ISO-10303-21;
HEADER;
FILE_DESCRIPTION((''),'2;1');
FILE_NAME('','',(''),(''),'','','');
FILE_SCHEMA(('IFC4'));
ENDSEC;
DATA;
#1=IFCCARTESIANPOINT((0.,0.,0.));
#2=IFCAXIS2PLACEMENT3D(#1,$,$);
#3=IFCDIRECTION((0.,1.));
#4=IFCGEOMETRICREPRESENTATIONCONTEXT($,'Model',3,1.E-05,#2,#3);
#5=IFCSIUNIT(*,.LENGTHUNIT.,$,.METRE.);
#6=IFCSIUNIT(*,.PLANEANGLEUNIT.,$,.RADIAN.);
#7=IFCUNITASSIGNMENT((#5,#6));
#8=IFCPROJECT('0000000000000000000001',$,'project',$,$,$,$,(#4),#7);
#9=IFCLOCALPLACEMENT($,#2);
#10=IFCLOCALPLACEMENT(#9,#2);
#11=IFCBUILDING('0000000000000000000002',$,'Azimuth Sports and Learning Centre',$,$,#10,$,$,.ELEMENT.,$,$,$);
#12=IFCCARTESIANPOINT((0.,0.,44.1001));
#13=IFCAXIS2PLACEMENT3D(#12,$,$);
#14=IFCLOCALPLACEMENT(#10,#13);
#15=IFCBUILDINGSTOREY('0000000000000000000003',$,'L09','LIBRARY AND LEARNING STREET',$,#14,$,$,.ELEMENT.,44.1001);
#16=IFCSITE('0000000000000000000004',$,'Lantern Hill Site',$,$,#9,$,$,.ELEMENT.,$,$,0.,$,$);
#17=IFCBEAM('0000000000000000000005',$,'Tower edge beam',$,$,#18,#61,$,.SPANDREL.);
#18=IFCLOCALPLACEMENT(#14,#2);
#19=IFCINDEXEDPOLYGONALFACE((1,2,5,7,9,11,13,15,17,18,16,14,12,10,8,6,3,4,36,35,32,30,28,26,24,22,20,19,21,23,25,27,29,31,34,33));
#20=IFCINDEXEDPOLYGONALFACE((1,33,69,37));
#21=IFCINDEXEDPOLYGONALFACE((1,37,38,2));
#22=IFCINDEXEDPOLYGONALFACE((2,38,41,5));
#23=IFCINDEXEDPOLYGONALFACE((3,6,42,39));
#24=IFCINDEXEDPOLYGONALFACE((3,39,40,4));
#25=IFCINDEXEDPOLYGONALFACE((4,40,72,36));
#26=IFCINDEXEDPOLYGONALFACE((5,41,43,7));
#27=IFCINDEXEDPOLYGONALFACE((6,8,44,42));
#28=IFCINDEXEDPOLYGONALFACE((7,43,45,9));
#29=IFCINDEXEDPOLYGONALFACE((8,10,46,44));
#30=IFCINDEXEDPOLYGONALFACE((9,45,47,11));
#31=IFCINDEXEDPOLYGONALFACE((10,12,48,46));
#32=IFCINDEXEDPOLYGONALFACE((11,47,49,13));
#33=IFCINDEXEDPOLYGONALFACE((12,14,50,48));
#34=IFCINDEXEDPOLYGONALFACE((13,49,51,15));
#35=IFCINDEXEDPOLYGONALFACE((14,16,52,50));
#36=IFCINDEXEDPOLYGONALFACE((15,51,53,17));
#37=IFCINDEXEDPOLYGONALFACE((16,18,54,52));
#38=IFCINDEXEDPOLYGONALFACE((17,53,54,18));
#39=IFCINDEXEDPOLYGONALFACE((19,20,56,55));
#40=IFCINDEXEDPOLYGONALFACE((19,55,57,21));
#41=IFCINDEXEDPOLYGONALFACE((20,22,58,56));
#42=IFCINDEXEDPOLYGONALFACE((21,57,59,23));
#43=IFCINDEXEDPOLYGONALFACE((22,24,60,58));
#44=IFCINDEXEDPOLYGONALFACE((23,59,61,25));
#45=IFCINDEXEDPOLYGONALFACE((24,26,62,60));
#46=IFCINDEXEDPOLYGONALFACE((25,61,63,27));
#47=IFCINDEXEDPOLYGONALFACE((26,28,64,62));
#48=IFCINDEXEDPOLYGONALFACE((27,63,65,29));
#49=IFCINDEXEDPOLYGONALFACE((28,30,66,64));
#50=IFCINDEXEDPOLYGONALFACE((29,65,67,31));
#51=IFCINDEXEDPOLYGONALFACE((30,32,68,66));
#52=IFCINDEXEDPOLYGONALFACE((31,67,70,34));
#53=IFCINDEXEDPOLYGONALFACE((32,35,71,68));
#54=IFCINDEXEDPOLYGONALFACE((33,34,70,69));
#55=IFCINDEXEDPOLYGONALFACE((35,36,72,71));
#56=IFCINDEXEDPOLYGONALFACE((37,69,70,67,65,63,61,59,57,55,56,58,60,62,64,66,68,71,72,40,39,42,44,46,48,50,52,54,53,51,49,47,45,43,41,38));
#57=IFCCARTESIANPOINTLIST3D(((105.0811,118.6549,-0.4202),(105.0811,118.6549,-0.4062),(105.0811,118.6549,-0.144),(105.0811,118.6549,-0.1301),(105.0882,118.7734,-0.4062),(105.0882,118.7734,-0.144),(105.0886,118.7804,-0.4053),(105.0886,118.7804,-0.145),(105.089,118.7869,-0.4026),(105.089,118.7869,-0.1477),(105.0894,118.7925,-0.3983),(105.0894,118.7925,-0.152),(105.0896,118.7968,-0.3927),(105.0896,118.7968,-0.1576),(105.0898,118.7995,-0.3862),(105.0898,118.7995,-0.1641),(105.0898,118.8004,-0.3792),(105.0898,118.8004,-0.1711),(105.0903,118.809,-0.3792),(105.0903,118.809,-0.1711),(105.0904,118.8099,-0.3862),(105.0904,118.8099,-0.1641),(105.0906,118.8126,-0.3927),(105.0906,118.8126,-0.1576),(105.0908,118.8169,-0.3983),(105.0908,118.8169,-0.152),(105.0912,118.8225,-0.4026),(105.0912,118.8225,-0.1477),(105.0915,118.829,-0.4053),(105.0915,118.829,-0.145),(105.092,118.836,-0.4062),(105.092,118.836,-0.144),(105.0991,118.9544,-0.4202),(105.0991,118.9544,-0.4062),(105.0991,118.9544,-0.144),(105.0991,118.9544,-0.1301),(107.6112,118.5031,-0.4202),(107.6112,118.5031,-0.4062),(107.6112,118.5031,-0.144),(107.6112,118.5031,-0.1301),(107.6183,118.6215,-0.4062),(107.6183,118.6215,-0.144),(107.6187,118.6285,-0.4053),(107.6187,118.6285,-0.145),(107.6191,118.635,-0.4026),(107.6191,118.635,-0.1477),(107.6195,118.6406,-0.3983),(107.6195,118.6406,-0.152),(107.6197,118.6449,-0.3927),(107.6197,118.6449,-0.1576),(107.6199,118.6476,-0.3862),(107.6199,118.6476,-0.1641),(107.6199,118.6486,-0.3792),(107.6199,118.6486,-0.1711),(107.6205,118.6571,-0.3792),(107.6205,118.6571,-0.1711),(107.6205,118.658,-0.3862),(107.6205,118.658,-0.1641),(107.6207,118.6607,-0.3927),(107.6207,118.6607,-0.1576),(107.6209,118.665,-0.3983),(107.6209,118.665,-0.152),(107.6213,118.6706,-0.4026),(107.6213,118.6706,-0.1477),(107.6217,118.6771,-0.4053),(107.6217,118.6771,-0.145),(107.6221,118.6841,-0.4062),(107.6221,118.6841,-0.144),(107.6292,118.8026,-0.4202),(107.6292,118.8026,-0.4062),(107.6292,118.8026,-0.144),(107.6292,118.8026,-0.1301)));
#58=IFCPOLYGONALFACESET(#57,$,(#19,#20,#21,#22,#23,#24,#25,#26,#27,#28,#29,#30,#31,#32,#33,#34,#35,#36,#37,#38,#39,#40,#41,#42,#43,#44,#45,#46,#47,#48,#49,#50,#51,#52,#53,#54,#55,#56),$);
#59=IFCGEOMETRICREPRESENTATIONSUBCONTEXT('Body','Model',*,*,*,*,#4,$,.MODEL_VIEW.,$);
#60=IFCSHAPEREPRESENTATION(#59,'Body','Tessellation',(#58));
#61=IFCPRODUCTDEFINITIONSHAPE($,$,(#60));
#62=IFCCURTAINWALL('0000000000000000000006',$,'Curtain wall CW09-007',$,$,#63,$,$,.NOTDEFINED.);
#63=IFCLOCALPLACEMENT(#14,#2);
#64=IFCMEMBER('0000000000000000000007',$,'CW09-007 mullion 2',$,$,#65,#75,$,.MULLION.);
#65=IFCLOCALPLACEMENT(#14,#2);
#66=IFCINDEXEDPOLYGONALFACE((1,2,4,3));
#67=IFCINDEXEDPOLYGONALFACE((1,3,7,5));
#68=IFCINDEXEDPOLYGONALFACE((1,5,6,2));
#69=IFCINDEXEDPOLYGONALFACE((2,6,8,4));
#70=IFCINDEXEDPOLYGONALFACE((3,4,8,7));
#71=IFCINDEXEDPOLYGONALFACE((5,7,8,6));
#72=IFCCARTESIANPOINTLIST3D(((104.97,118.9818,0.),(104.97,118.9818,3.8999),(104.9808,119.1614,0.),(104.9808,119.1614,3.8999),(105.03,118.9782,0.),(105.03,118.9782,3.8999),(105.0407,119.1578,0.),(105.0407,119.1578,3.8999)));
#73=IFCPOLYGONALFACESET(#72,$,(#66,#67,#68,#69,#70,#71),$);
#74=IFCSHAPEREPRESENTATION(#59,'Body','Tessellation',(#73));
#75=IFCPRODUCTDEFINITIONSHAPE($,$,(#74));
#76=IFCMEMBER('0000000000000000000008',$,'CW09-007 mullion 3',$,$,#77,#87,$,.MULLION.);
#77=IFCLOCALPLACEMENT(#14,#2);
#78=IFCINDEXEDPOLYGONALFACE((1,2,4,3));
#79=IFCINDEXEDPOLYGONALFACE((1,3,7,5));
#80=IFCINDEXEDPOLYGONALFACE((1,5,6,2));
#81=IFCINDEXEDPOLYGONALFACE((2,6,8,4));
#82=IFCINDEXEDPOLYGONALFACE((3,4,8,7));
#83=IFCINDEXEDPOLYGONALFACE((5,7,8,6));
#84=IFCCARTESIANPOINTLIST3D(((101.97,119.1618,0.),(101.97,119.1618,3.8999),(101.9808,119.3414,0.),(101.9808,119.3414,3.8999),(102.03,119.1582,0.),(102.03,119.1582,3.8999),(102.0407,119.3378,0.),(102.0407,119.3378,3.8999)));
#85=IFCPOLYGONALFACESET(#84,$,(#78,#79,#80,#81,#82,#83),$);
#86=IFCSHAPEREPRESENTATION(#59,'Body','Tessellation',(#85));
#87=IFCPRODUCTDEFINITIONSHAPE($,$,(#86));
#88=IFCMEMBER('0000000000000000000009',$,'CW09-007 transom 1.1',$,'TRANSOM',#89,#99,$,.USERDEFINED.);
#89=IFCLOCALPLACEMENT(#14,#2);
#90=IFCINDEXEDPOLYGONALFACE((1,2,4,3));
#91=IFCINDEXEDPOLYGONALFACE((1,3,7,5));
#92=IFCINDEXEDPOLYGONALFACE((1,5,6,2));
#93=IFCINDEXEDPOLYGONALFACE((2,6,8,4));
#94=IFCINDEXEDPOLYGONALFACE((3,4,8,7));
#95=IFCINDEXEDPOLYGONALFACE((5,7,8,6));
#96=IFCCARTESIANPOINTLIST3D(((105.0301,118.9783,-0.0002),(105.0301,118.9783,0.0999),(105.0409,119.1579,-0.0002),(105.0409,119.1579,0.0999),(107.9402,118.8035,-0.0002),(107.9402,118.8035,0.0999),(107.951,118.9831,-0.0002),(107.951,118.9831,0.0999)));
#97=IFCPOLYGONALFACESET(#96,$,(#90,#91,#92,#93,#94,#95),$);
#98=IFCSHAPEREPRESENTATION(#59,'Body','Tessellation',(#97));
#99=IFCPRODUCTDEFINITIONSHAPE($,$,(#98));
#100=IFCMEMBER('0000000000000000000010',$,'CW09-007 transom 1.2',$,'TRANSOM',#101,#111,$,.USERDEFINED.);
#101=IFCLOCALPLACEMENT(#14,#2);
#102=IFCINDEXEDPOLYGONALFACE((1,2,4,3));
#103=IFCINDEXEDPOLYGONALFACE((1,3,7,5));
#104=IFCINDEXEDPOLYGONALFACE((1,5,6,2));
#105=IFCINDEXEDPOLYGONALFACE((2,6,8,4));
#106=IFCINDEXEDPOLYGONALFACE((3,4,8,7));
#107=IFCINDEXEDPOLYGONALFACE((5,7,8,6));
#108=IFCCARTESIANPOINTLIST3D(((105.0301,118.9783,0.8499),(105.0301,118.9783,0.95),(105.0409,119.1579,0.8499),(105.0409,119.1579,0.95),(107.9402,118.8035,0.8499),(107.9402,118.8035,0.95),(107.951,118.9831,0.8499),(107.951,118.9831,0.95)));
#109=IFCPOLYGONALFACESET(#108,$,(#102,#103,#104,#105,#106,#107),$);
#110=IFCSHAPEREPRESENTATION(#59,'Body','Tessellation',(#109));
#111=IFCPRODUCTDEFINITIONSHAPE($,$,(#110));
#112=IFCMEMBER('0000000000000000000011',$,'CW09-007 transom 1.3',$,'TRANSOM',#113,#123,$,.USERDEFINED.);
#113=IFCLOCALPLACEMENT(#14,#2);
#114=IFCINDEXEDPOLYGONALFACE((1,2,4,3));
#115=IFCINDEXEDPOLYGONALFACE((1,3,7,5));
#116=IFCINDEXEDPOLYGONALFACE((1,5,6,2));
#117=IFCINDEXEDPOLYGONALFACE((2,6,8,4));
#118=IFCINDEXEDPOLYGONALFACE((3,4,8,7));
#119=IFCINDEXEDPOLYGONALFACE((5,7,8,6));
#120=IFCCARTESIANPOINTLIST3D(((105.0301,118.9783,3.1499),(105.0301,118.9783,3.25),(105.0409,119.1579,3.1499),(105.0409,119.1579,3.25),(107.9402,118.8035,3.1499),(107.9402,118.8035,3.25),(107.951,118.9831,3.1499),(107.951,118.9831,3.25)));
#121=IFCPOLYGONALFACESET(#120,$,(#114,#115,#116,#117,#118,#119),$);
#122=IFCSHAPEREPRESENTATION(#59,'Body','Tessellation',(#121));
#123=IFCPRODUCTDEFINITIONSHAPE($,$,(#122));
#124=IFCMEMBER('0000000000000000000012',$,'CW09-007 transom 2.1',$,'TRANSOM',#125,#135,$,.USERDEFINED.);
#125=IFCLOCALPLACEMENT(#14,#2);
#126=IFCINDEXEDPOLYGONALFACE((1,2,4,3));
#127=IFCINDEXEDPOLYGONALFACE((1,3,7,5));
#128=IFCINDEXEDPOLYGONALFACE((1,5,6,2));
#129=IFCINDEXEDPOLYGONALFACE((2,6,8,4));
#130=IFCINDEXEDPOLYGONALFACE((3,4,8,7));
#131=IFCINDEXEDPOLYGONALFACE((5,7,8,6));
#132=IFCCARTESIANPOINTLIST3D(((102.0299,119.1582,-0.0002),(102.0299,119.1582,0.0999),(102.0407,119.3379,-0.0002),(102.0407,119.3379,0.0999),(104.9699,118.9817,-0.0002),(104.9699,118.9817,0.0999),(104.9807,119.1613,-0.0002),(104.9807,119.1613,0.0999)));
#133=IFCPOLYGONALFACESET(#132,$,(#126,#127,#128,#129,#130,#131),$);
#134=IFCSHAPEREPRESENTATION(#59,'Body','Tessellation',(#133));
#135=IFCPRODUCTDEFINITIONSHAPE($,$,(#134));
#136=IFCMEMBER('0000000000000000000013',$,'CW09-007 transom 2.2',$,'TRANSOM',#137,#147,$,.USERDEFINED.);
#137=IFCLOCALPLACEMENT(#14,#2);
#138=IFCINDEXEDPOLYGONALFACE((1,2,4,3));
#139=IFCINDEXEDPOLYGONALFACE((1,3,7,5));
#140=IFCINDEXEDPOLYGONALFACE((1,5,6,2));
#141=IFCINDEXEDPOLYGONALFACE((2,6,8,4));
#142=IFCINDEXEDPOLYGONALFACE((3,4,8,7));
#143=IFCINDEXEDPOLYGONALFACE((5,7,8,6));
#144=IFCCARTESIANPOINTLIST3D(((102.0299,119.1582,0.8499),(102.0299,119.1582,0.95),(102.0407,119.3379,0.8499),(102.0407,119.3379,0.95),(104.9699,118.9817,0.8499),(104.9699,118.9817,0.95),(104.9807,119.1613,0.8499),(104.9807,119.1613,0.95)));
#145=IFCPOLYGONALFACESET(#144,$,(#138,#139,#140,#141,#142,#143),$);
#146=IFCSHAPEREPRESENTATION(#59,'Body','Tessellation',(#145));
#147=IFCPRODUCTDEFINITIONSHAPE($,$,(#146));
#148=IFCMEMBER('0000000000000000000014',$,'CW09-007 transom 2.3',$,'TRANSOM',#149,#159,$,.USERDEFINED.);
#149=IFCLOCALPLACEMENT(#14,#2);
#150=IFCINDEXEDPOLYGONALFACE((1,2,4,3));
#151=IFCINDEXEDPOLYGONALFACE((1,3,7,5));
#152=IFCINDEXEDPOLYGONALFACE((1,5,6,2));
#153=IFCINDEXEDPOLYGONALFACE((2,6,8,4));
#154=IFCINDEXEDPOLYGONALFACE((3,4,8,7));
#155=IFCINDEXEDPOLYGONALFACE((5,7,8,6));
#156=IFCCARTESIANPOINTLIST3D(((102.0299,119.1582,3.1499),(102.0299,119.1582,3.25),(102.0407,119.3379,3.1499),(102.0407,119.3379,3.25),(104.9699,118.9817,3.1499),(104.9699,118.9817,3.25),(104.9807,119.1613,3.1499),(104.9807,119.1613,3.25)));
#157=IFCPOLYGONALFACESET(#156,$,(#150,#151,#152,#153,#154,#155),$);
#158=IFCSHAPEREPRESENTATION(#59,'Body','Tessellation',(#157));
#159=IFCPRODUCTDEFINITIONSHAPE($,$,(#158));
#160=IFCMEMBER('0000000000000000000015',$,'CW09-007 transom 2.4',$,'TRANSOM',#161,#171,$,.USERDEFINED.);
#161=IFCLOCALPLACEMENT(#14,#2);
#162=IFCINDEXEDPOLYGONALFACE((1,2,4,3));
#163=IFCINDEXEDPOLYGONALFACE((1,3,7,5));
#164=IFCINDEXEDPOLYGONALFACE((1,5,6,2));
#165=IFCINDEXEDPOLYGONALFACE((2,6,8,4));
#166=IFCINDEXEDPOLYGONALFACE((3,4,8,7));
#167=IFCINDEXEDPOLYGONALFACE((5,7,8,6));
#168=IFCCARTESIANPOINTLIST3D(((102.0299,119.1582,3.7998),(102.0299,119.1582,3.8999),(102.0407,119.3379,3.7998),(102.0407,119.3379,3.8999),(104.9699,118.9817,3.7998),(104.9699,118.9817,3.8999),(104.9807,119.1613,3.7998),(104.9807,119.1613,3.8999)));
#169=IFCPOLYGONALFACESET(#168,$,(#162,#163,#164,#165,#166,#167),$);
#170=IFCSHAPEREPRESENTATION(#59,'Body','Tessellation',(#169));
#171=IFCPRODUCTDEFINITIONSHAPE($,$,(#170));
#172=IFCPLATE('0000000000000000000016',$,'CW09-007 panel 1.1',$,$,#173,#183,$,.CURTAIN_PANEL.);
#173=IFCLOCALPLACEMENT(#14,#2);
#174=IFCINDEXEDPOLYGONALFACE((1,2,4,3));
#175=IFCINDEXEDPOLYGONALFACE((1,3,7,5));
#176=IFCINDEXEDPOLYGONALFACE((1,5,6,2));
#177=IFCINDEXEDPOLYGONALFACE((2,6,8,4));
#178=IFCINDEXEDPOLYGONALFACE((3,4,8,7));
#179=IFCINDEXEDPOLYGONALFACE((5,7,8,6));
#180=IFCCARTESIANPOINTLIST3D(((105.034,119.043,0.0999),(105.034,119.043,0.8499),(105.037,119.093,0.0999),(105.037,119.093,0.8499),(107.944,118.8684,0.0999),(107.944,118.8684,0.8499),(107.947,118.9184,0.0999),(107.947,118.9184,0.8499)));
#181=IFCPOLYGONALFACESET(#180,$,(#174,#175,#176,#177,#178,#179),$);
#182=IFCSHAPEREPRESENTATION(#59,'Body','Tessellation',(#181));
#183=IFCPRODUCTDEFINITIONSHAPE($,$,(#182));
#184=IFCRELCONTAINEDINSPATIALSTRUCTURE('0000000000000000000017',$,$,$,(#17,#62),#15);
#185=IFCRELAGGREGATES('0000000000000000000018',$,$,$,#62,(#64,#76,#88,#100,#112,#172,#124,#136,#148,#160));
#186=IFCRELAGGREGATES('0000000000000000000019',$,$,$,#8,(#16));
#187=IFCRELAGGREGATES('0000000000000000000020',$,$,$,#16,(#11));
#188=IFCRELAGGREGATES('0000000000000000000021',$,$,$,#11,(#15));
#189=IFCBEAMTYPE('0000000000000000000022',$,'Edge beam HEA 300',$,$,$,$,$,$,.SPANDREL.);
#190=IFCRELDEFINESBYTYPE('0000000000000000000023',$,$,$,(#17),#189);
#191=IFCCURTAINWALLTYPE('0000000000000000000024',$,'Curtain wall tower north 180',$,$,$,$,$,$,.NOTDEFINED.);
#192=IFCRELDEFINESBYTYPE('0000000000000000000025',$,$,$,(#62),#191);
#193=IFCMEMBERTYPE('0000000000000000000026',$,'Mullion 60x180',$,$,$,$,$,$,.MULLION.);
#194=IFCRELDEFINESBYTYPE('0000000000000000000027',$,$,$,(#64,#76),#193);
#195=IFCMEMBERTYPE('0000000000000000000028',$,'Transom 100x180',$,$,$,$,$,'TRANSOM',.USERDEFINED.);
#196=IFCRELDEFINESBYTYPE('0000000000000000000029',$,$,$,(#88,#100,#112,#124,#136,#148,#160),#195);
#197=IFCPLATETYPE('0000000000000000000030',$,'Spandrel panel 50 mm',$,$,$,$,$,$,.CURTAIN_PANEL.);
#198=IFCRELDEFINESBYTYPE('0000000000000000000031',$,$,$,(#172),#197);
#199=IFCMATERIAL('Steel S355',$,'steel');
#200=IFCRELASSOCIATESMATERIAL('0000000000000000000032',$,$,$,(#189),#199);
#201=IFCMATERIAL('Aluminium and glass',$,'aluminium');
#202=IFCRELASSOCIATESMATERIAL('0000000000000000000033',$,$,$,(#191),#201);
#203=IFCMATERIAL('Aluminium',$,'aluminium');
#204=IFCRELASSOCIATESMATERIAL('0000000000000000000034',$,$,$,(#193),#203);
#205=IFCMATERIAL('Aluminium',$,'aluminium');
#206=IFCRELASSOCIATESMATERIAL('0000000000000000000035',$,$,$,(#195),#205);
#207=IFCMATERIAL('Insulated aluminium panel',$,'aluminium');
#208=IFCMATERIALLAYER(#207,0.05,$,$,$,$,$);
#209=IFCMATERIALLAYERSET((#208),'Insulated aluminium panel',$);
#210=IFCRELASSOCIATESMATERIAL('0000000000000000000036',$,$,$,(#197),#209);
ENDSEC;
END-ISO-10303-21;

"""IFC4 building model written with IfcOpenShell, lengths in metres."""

from ifc_helpers import new_model, si_unit, direction, frame, origin, origin_2d, place, context, subcontext, project, spatial, rectangle, i_section, extrude, material, layer, layer_set, material_profile, profile_set, type_object, element, aggregate, save


model = new_model("IFC4")

# Units and contexts
model_context = context("Model", 3, precision=1e-05, world=origin(), true_north=direction((0.0, 1.0)))
body_context = subcontext(model_context, "Body", "Model", "MODEL_VIEW")
ifc_project = project(units=[si_unit("LENGTHUNIT", "METRE"), si_unit("PLANEANGLEUNIT", "RADIAN")], contexts=[model_context])

# Site, building, storey
site_placement = place(None, origin())
site = spatial("IfcSite", under=ifc_project, at=site_placement, Name="Lantern Hill Site", CompositionType="ELEMENT", RefElevation=0.0)
building_placement = place(site_placement, origin())
building = spatial("IfcBuilding", under=site, at=building_placement, Name="Azimuth Sports and Learning Centre", CompositionType="ELEMENT")
storey_placement = place(building_placement, frame((0.0, 0.0, 44.1001)))
storey = spatial("IfcBuildingStorey", under=building, at=storey_placement, Name="L09", Description="LIBRARY AND LEARNING STREET", CompositionType="ELEMENT", Elevation=44.1001)

# Beam
ifc_material_1 = material(Name="Steel S355", Category="steel")
ifc_material_profile_1 = material_profile(ifc_material_1, i_section(OverallWidth=0.3, OverallDepth=0.29, WebThickness=0.0085, FlangeThickness=0.0139, FilletRadius=0.0271, at=origin_2d()), Name="HEA 300")
ifc_profile_set_1 = profile_set([ifc_material_profile_1], Name="Steel S355")
beam_type_1 = type_object("IfcBeamType", Name="Edge beam HEA 300", PredefinedType="SPANDREL", material=ifc_profile_set_1)
beam_1_placement = place(storey_placement, frame((105.0901, 118.8047, -0.2751), z_axis=(0.998204, -0.059913, 0.0), x_axis=(0.059913, 0.998204, 0.0)))
element("IfcBeam", 1, at=beam_1_placement, inside=storey, type_object=beam_type_1, Name="Tower edge beam", PredefinedType="SPANDREL", context=body_context, shape_type="SweptSolid", body=[
    extrude(i_section(OverallWidth=0.3, OverallDepth=0.29, WebThickness=0.0085, FlangeThickness=0.0139, FilletRadius=0.0271, at=origin_2d()), origin(), (0.0, 0.0, 1.0), 2.5347),
])

# Curtain wall, members, plate
ifc_material_2 = material(Name="Aluminium and glass", Category="aluminium")
curtain_wall_type = type_object("IfcCurtainWallType", Name="Curtain wall tower north 180", PredefinedType="NOTDEFINED", material=ifc_material_2)
curtain_wall_placement = place(storey_placement, origin())
curtain_wall = element("IfcCurtainWall", 2, at=curtain_wall_placement, inside=storey, type_object=curtain_wall_type, Name="Curtain wall CW09-007", PredefinedType="NOTDEFINED")
ifc_material_3 = material(Name="Aluminium", Category="aluminium")
ifc_material_profile_2 = material_profile(ifc_material_3, rectangle(XDim=0.1799, YDim=0.0601, at=origin_2d()), Name="Mullion 60x180")
ifc_profile_set_2 = profile_set([ifc_material_profile_2], Name="Aluminium")
member_type_1 = type_object("IfcMemberType", Name="Mullion 60x180", PredefinedType="MULLION", material=ifc_profile_set_2)
member_1_placement = place(storey_placement, frame((105.0054, 119.0698, 0.0), z_axis=(0.0, 0.0, 1.0), x_axis=(-0.059892, -0.998205, 0.0)))
member_1 = element("IfcMember", 3, at=member_1_placement, type_object=member_type_1, Name="CW09-007 mullion 2", PredefinedType="MULLION", context=body_context, shape_type="SweptSolid", body=[
    extrude(rectangle(XDim=0.1799, YDim=0.0601, at=origin_2d()), origin(), (0.0, 0.0, 1.0), 3.8999),
])
member_2_placement = place(storey_placement, frame((102.0054, 119.2498, 0.0), z_axis=(0.0, 0.0, 1.0), x_axis=(-0.059892, -0.998205, 0.0)))
member_2 = element("IfcMember", 4, at=member_2_placement, type_object=member_type_1, Name="CW09-007 mullion 3", PredefinedType="MULLION", context=body_context, shape_type="SweptSolid", body=[
    extrude(rectangle(XDim=0.1799, YDim=0.0601, at=origin_2d()), origin(), (0.0, 0.0, 1.0), 3.8999),
])
ifc_material_4 = material(Name="Aluminium", Category="aluminium")
ifc_material_profile_3 = material_profile(ifc_material_4, rectangle(XDim=0.1799, YDim=0.1001, at=origin_2d()), Name="Transom 100x180")
ifc_profile_set_3 = profile_set([ifc_material_profile_3], Name="Aluminium")
member_type_2 = type_object("IfcMemberType", Name="Transom 100x180", ElementType="TRANSOM", PredefinedType="USERDEFINED", material=ifc_profile_set_3)
member_3_placement = place(storey_placement, frame((107.9456, 118.8933, 0.0498), z_axis=(-0.998201, 0.059959, 0.0), x_axis=(-0.059959, -0.998201, 0.0)))
member_3 = element("IfcMember", 5, at=member_3_placement, type_object=member_type_2, Name="CW09-007 transom 1.1", ObjectType="TRANSOM", PredefinedType="USERDEFINED", context=body_context, shape_type="SweptSolid", body=[
    extrude(rectangle(XDim=0.1799, YDim=0.1001, at=origin_2d()), origin(), (0.0, 0.0, 1.0), 2.9153),
])
member_4_placement = place(storey_placement, frame((107.9456, 118.8933, 0.8999), z_axis=(-0.998201, 0.059959, 0.0), x_axis=(-0.059959, -0.998201, 0.0)))
member_4 = element("IfcMember", 6, at=member_4_placement, type_object=member_type_2, Name="CW09-007 transom 1.2", ObjectType="TRANSOM", PredefinedType="USERDEFINED", context=body_context, shape_type="SweptSolid", body=[
    extrude(rectangle(XDim=0.1799, YDim=0.1001, at=origin_2d()), origin(), (0.0, 0.0, 1.0), 2.9153),
])
member_5_placement = place(storey_placement, frame((107.9456, 118.8933, 3.2), z_axis=(-0.998201, 0.059959, 0.0), x_axis=(-0.059959, -0.998201, 0.0)))
member_5 = element("IfcMember", 7, at=member_5_placement, type_object=member_type_2, Name="CW09-007 transom 1.3", ObjectType="TRANSOM", PredefinedType="USERDEFINED", context=body_context, shape_type="SweptSolid", body=[
    extrude(rectangle(XDim=0.1799, YDim=0.1001, at=origin_2d()), origin(), (0.0, 0.0, 1.0), 2.9153),
])
member_6_placement = place(storey_placement, frame((104.9753, 119.0715, 0.0498), z_axis=(-0.998202, 0.059932, 0.0), x_axis=(-0.059932, -0.998202, 0.0)))
member_6 = element("IfcMember", 8, at=member_6_placement, type_object=member_type_2, Name="CW09-007 transom 2.1", ObjectType="TRANSOM", PredefinedType="USERDEFINED", context=body_context, shape_type="SweptSolid", body=[
    extrude(rectangle(XDim=0.1799, YDim=0.1001, at=origin_2d()), origin(), (0.0, 0.0, 1.0), 2.9453),
])
member_7_placement = place(storey_placement, frame((104.9753, 119.0715, 0.8999), z_axis=(-0.998202, 0.059932, 0.0), x_axis=(-0.059932, -0.998202, 0.0)))
member_7 = element("IfcMember", 9, at=member_7_placement, type_object=member_type_2, Name="CW09-007 transom 2.2", ObjectType="TRANSOM", PredefinedType="USERDEFINED", context=body_context, shape_type="SweptSolid", body=[
    extrude(rectangle(XDim=0.1799, YDim=0.1001, at=origin_2d()), origin(), (0.0, 0.0, 1.0), 2.9453),
])
member_8_placement = place(storey_placement, frame((104.9753, 119.0715, 3.2), z_axis=(-0.998202, 0.059932, 0.0), x_axis=(-0.059932, -0.998202, 0.0)))
member_8 = element("IfcMember", 10, at=member_8_placement, type_object=member_type_2, Name="CW09-007 transom 2.3", ObjectType="TRANSOM", PredefinedType="USERDEFINED", context=body_context, shape_type="SweptSolid", body=[
    extrude(rectangle(XDim=0.1799, YDim=0.1001, at=origin_2d()), origin(), (0.0, 0.0, 1.0), 2.9453),
])
member_9_placement = place(storey_placement, frame((104.9753, 119.0715, 3.8499), z_axis=(-0.998202, 0.059932, 0.0), x_axis=(-0.059932, -0.998202, 0.0)))
member_9 = element("IfcMember", 11, at=member_9_placement, type_object=member_type_2, Name="CW09-007 transom 2.4", ObjectType="TRANSOM", PredefinedType="USERDEFINED", context=body_context, shape_type="SweptSolid", body=[
    extrude(rectangle(XDim=0.1799, YDim=0.1001, at=origin_2d()), origin(), (0.0, 0.0, 1.0), 2.9453),
])
ifc_material_5 = material(Name="Insulated aluminium panel", Category="aluminium")
ifc_layer_1 = layer(ifc_material_5, 0.05)
ifc_layer_set_1 = layer_set([ifc_layer_1], Name="Insulated aluminium panel")
plate_type_1 = type_object("IfcPlateType", Name="Spandrel panel 50 mm", PredefinedType="CURTAIN_PANEL", material=ifc_layer_set_1)
plate_1_placement = place(storey_placement, frame((106.4905, 118.9807, 0.0999), z_axis=(0.0, 0.0, 1.0), x_axis=(-0.998205, 0.059892, 0.0)))
plate_1 = element("IfcPlate", 12, at=plate_1_placement, type_object=plate_type_1, Name="CW09-007 panel 1.1", PredefinedType="CURTAIN_PANEL", context=body_context, shape_type="SweptSolid", body=[
    extrude(rectangle(XDim=2.9153, YDim=0.05, at=origin_2d()), origin(), (0.0, 0.0, 1.0), 0.75),
])
aggregate(curtain_wall, [member_1, member_2, member_3, member_4, member_5, plate_1, member_6, member_7, member_8, member_9])

save(model, "model.ifc")
